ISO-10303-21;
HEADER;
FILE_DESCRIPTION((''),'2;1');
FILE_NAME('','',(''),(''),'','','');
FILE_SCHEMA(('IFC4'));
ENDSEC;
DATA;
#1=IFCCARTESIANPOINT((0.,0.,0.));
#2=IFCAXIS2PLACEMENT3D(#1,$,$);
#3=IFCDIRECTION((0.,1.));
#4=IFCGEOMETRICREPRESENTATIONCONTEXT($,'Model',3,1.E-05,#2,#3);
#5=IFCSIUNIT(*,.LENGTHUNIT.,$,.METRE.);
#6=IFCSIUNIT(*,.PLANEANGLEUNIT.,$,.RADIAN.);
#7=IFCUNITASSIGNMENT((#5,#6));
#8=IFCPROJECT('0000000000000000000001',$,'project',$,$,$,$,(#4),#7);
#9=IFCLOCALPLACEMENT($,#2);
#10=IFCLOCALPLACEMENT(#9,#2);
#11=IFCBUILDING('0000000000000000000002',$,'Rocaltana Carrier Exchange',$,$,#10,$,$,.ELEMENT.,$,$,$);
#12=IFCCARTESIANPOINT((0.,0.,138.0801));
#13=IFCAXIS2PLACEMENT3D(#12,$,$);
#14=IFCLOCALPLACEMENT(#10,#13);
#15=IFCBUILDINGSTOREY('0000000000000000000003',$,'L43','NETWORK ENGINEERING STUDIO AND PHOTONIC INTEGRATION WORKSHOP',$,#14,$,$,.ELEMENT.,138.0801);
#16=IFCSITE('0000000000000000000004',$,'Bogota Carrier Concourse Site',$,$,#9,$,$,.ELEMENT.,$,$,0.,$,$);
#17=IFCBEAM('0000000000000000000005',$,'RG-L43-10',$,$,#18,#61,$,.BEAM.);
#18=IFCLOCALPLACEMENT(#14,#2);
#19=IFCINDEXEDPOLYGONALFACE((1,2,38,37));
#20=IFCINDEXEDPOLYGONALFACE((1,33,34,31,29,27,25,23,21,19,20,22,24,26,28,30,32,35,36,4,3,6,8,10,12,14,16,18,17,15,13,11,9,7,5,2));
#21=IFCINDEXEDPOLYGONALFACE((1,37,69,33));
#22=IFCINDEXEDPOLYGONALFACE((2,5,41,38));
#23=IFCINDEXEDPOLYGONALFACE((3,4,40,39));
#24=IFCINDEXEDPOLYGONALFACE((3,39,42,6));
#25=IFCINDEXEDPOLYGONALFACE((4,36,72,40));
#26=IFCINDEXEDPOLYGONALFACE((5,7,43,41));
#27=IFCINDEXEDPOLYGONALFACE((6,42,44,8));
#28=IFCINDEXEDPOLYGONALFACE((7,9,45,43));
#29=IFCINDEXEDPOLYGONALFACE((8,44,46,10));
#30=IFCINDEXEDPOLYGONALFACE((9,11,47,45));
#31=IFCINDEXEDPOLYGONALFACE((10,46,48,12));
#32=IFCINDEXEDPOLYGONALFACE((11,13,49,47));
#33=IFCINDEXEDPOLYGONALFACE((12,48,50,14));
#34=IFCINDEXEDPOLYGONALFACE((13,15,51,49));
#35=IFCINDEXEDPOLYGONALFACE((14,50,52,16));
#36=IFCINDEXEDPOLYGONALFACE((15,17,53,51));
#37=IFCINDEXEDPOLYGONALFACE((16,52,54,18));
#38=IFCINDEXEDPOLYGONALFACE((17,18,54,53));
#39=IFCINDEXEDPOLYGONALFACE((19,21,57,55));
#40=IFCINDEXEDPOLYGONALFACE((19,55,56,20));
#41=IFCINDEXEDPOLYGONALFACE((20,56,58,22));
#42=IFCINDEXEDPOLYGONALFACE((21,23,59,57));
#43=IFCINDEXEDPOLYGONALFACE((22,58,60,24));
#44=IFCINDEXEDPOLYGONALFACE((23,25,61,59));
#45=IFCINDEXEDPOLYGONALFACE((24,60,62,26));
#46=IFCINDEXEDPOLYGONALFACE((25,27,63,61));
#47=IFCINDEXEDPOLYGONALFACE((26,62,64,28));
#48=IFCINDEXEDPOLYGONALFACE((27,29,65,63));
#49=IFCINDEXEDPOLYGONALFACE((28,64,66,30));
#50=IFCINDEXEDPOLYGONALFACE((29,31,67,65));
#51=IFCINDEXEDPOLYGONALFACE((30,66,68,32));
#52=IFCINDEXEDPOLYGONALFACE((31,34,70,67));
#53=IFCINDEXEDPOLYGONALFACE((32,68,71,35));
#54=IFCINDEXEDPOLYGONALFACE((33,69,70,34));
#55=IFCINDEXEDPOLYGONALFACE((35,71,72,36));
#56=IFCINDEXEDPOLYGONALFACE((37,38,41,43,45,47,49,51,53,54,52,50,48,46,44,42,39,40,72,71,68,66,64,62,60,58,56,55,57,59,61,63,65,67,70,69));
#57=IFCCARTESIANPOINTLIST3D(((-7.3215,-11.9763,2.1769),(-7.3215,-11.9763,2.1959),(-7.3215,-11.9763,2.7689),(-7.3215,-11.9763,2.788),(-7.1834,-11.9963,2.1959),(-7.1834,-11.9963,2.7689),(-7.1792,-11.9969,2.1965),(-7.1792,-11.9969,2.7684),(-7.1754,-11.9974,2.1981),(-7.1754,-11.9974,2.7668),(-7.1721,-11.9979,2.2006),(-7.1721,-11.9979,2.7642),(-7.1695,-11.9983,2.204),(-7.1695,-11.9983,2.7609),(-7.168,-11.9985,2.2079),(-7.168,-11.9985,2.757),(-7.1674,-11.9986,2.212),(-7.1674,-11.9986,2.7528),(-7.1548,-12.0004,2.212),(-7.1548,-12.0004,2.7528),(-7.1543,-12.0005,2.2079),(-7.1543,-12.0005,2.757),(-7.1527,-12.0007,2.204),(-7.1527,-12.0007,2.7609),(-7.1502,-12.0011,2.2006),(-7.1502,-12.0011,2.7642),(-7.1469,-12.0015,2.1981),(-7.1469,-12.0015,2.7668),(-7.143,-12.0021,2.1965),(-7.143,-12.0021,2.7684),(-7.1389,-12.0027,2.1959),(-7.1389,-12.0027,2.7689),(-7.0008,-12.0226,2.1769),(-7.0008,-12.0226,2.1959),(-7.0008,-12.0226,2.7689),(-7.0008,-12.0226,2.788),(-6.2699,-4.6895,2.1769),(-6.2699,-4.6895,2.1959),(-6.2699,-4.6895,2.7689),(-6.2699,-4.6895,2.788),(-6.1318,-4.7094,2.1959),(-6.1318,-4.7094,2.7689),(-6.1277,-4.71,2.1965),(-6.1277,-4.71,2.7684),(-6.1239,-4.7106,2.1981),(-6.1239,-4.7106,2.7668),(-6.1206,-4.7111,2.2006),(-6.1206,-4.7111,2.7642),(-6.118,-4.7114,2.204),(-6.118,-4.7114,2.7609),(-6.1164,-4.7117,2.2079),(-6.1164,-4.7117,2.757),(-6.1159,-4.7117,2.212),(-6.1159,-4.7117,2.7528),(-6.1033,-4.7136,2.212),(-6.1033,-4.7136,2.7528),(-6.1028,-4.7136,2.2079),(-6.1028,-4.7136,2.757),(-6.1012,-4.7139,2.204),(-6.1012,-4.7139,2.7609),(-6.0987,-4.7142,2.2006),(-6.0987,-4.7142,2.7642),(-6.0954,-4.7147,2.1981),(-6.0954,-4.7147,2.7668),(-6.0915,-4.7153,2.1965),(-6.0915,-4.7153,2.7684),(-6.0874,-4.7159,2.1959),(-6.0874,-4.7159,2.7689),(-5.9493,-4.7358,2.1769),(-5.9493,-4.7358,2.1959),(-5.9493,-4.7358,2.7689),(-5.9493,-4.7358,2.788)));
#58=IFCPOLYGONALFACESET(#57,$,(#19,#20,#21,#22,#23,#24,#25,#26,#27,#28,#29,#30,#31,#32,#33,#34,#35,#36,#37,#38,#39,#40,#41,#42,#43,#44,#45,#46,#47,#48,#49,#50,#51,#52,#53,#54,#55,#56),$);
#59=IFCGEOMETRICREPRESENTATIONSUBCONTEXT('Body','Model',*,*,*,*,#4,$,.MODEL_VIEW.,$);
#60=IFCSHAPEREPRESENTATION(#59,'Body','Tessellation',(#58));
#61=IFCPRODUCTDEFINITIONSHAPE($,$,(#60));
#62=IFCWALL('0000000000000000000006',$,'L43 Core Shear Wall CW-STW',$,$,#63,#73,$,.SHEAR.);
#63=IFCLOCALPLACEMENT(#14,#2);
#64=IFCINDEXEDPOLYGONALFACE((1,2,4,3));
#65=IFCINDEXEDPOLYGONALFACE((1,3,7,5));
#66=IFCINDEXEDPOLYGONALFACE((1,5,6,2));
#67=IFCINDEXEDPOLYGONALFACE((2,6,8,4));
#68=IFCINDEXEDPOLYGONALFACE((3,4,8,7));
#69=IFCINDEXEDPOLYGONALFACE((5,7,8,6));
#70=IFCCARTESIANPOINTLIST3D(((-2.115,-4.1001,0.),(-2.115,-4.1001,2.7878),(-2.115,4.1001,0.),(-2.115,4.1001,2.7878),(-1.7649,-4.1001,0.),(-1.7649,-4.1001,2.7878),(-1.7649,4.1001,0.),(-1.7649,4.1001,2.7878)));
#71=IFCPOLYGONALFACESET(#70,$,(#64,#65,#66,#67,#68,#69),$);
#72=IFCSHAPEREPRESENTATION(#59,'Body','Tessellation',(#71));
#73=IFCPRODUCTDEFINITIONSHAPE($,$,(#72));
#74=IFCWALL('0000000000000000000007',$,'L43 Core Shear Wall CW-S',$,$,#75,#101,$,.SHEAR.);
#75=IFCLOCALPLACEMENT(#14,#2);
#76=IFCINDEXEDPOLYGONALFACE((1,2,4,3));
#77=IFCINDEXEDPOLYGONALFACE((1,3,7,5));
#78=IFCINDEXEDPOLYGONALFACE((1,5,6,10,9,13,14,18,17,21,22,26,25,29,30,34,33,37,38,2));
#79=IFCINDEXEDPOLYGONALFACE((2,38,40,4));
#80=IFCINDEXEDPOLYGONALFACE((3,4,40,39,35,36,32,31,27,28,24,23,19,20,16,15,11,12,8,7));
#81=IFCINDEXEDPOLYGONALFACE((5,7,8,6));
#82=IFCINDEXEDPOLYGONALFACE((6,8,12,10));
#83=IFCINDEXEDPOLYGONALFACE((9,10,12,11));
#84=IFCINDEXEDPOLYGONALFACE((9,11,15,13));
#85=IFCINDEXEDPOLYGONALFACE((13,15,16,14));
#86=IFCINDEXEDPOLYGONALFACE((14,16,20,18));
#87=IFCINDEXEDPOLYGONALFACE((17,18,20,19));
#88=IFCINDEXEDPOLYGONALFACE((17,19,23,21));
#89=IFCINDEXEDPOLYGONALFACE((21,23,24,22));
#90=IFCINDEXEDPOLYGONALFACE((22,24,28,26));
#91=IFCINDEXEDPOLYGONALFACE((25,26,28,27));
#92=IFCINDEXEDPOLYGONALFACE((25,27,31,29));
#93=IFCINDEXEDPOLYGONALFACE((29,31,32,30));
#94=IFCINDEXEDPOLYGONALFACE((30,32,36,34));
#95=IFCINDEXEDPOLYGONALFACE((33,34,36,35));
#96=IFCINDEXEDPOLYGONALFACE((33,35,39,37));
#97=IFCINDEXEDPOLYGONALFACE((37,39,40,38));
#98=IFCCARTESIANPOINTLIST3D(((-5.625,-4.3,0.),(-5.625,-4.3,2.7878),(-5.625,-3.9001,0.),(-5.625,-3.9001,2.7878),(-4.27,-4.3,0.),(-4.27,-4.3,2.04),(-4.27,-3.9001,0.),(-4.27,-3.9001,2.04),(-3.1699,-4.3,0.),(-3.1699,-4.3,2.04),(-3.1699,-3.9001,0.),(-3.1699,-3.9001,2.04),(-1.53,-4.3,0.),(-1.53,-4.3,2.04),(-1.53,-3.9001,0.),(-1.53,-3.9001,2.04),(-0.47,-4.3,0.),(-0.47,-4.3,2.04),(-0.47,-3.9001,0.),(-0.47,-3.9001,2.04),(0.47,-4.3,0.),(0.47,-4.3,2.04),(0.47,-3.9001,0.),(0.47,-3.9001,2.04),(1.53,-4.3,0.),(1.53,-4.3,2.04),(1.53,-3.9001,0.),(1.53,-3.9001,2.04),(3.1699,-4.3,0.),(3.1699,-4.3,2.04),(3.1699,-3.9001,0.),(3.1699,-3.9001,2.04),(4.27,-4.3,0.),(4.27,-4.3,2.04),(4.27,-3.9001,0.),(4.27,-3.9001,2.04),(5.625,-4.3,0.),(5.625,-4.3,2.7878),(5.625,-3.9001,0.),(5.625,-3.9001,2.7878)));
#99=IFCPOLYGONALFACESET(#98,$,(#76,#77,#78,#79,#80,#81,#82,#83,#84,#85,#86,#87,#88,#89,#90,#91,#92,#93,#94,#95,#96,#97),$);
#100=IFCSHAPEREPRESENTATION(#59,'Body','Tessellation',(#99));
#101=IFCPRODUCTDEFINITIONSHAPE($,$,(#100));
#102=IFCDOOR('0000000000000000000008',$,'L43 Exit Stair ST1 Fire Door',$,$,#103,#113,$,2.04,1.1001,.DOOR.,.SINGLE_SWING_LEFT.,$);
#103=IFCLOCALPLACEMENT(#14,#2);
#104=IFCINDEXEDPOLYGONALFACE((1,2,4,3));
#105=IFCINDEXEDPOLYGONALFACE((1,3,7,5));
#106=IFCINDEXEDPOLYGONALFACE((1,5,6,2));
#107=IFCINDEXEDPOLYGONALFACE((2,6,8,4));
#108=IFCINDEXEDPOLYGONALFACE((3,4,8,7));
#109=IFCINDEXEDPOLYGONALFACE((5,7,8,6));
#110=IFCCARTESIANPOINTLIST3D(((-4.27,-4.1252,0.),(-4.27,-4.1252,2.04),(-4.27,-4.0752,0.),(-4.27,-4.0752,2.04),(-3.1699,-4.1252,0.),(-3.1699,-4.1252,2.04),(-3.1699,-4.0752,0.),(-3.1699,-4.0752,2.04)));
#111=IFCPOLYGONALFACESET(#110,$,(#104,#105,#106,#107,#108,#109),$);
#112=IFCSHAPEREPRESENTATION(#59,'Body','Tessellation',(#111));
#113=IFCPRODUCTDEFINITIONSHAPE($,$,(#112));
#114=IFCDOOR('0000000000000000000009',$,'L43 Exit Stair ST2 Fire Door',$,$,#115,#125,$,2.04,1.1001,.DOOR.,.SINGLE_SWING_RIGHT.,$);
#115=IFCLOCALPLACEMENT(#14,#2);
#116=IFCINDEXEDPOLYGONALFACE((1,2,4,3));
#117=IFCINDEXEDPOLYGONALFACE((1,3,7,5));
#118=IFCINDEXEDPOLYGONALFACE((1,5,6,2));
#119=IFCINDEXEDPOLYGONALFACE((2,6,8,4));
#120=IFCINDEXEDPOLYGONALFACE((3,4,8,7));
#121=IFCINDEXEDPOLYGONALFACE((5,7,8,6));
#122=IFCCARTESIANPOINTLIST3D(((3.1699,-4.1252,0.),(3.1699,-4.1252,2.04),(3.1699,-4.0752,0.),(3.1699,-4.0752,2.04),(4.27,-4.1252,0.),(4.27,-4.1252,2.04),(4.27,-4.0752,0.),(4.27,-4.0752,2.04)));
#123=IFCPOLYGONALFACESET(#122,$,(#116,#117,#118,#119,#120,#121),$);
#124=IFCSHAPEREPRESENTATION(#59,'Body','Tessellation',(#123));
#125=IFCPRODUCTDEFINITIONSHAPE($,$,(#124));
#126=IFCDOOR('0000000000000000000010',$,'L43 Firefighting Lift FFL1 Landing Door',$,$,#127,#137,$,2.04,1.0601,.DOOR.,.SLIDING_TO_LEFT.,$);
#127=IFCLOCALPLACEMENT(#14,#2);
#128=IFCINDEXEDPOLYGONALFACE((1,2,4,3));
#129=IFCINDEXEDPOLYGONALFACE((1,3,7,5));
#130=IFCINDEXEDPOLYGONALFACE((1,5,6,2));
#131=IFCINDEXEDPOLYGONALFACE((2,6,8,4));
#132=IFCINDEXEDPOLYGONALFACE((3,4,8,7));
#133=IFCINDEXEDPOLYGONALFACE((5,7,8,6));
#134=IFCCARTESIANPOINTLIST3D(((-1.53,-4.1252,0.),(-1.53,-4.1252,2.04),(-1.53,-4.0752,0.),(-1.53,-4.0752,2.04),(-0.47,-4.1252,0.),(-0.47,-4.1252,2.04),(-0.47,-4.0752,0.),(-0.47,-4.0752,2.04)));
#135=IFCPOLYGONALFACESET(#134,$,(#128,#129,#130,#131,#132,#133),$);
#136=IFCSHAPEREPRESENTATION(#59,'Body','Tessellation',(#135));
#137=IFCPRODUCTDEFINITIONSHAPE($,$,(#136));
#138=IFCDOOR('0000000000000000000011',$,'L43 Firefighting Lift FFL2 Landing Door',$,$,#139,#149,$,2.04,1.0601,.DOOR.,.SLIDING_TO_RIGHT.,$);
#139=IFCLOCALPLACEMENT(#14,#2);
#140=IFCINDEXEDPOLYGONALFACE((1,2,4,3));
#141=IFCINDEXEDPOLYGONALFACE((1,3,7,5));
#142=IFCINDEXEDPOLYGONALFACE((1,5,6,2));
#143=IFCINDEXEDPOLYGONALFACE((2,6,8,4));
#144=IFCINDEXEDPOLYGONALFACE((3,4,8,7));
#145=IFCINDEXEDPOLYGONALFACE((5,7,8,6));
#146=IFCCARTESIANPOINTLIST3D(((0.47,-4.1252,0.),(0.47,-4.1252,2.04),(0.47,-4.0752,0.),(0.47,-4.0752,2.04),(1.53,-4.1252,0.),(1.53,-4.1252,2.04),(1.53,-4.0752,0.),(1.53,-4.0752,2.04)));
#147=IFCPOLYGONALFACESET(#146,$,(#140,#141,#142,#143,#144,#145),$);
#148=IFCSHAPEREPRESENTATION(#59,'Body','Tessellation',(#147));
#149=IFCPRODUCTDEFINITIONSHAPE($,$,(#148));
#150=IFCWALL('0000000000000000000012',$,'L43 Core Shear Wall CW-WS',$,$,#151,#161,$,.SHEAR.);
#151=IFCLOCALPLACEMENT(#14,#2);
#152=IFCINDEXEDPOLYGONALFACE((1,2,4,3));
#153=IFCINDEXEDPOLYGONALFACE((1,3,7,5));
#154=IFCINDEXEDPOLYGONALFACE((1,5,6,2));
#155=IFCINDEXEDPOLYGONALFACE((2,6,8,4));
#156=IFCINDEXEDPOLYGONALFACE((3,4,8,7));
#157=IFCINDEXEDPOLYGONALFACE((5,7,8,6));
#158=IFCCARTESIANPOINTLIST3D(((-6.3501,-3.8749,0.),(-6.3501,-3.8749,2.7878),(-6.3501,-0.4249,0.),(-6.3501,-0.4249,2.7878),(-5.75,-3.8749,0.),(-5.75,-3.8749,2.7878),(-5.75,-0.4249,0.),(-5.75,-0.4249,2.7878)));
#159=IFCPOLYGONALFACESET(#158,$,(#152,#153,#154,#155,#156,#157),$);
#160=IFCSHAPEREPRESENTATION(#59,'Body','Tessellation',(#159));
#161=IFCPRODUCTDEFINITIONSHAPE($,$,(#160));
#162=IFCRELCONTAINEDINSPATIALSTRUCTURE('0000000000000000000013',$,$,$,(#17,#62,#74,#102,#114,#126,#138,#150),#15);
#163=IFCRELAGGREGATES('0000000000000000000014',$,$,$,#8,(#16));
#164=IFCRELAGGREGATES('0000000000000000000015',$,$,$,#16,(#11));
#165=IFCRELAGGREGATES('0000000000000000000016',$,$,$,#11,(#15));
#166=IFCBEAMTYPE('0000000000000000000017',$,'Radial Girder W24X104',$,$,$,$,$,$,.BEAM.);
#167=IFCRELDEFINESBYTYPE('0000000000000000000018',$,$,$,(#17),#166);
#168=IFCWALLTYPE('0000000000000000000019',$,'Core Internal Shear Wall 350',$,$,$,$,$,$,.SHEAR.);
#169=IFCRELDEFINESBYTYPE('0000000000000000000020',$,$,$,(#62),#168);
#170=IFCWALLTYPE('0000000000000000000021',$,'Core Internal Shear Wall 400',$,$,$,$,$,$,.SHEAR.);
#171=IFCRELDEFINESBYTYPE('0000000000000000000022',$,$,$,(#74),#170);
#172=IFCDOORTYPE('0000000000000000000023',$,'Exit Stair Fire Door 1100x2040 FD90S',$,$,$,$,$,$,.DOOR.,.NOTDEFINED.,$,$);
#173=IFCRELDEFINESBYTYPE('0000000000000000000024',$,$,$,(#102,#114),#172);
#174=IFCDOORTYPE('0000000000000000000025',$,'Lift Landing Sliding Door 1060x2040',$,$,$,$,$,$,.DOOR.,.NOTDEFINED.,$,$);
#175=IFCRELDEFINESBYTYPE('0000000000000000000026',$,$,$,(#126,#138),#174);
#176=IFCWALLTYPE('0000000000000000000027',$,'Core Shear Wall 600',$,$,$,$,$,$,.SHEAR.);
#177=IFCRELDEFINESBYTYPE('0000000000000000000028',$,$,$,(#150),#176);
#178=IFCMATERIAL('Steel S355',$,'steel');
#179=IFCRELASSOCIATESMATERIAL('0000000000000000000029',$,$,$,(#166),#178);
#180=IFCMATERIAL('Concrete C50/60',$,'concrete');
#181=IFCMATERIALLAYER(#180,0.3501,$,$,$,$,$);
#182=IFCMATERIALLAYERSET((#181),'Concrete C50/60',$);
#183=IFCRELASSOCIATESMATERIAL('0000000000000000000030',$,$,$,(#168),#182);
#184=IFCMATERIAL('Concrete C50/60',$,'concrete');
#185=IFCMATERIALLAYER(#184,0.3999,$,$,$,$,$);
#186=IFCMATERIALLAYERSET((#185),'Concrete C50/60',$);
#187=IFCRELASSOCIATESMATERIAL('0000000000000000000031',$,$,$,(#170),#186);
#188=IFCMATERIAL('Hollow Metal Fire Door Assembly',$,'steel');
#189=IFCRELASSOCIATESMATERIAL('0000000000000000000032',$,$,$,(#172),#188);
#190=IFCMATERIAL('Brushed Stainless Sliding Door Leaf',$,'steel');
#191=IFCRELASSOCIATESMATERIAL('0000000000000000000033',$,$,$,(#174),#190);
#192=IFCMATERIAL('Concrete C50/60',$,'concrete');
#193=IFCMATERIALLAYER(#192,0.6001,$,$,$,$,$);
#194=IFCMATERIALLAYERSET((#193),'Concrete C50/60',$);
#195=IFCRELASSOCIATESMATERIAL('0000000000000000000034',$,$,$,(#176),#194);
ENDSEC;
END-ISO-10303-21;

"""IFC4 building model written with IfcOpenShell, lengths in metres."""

from ifc_helpers import new_model, si_unit, direction, frame, frame_2d, origin, origin_2d, place, context, subcontext, project, spatial, rectangle, i_section, extrude, material, layer, layer_set, material_profile, profile_set, type_object, element, fill, save


model = new_model("IFC4")

# Units and contexts
model_context = context("Model", 3, precision=1e-05, world=origin(), true_north=direction((0.0, 1.0)))
body_context = subcontext(model_context, "Body", "Model", "MODEL_VIEW")
ifc_project = project(units=[si_unit("LENGTHUNIT", "METRE"), si_unit("PLANEANGLEUNIT", "RADIAN")], contexts=[model_context])

# Site, building, storey
site_placement = place(None, origin())
site = spatial("IfcSite", under=ifc_project, at=site_placement, Name="Bogota Carrier Concourse Site", CompositionType="ELEMENT", RefElevation=0.0)
building_placement = place(site_placement, origin())
building = spatial("IfcBuilding", under=site, at=building_placement, Name="Rocaltana Carrier Exchange", CompositionType="ELEMENT")
storey_placement = place(building_placement, frame((0.0, 0.0, 138.0801)))
storey = spatial("IfcBuildingStorey", under=building, at=storey_placement, Name="L43", Description="NETWORK ENGINEERING STUDIO AND PHOTONIC INTEGRATION WORKSHOP", CompositionType="ELEMENT", Elevation=138.0801)

# Beam
ifc_material_1 = material(Name="Steel S355", Category="steel")
ifc_material_profile_1 = material_profile(ifc_material_1, i_section(OverallWidth=0.324, OverallDepth=0.6111, WebThickness=0.0127, FlangeThickness=0.019, FilletRadius=0.0161, at=origin_2d()), Name="W24X104")
ifc_profile_set_1 = profile_set([ifc_material_profile_1], Name="Steel S355")
beam_type = type_object("IfcBeamType", Name="Radial Girder W24X104", PredefinedType="BEAM", material=ifc_profile_set_1)
beam_1_placement = place(storey_placement, frame((-6.1096, -4.7126, 2.4824), z_axis=(-0.142823, -0.989748, 0.0), x_axis=(0.989748, -0.142823, 0.0)))
element("IfcBeam", 1, at=beam_1_placement, inside=storey, type_object=beam_type, Name="RG-L43-10", PredefinedType="BEAM", context=body_context, shape_type="SweptSolid", body=[
    extrude(i_section(OverallWidth=0.324, OverallDepth=0.6111, WebThickness=0.0127, FlangeThickness=0.019, FilletRadius=0.0161, at=origin_2d()), origin(), (0.0, 0.0, 1.0), 7.3623),
])

# Wall
ifc_material_2 = material(Name="Concrete C50/60", Category="concrete")
ifc_layer_1 = layer(ifc_material_2, 0.3501)
ifc_layer_set_1 = layer_set([ifc_layer_1], Name="Concrete C50/60")
wall_type_1 = type_object("IfcWallType", Name="Core Internal Shear Wall 350", PredefinedType="SHEAR", material=ifc_layer_set_1)
wall_1_placement = place(storey_placement, frame((-1.9399, -4.1001, 0.0), z_axis=(0.0, 0.0, 1.0), x_axis=(0.0, 1.0, 0.0)))
element("IfcWall", 2, at=wall_1_placement, inside=storey, type_object=wall_type_1, Name="L43 Core Shear Wall CW-STW", PredefinedType="SHEAR", context=body_context, shape_type="SweptSolid", body=[
    extrude(rectangle(XDim=8.2002, YDim=0.3501, at=frame_2d((4.1001, 0.0))), origin(), (0.0, 0.0, 1.0), 2.7878),
])

# Wall, openings, doors
ifc_material_3 = material(Name="Concrete C50/60", Category="concrete")
ifc_layer_2 = layer(ifc_material_3, 0.3999)
ifc_layer_set_2 = layer_set([ifc_layer_2], Name="Concrete C50/60")
wall_type_2 = type_object("IfcWallType", Name="Core Internal Shear Wall 400", PredefinedType="SHEAR", material=ifc_layer_set_2)
wall_2_placement = place(storey_placement, frame((-5.625, -4.1001, 0.0), z_axis=(0.0, 0.0, 1.0), x_axis=(1.0, 0.0, 0.0)))
wall_2 = element("IfcWall", 3, at=wall_2_placement, inside=storey, type_object=wall_type_2, Name="L43 Core Shear Wall CW-S", PredefinedType="SHEAR", context=body_context, shape_type="SweptSolid", body=[
    extrude(rectangle(XDim=11.25, YDim=0.3999, at=frame_2d((5.625, 0.0))), origin(), (0.0, 0.0, 1.0), 2.7878),
])
opening_1_placement = place(wall_2_placement, frame((1.355, 0.0, 0.0)))
opening_1 = element("IfcOpeningElement", 4, at=opening_1_placement, cuts=wall_2, PredefinedType="OPENING", context=body_context, shape_type="SweptSolid", body=[
    extrude(rectangle(XDim=1.1001, YDim=2.04, at=frame_2d((0.55, 1.02))), frame((0.0, 0.21, 0.0), z_axis=(0.0, -1.0, 0.0), x_axis=(1.0, 0.0, 0.0)), (0.0, 0.0, 1.0), 0.4199),
])
opening_2_placement = place(wall_2_placement, frame((8.7949, 0.0, 0.0)))
opening_2 = element("IfcOpeningElement", 5, at=opening_2_placement, cuts=wall_2, PredefinedType="OPENING", context=body_context, shape_type="SweptSolid", body=[
    extrude(rectangle(XDim=1.1001, YDim=2.04, at=frame_2d((0.55, 1.02))), frame((0.0, 0.21, 0.0), z_axis=(0.0, -1.0, 0.0), x_axis=(1.0, 0.0, 0.0)), (0.0, 0.0, 1.0), 0.4199),
])
opening_3_placement = place(wall_2_placement, frame((4.095, 0.0, 0.0)))
opening_3 = element("IfcOpeningElement", 6, at=opening_3_placement, cuts=wall_2, PredefinedType="OPENING", context=body_context, shape_type="SweptSolid", body=[
    extrude(rectangle(XDim=1.0601, YDim=2.04, at=frame_2d((0.53, 1.02))), frame((0.0, 0.21, 0.0), z_axis=(0.0, -1.0, 0.0), x_axis=(1.0, 0.0, 0.0)), (0.0, 0.0, 1.0), 0.4199),
])
opening_4_placement = place(wall_2_placement, frame((6.095, 0.0, 0.0)))
opening_4 = element("IfcOpeningElement", 7, at=opening_4_placement, cuts=wall_2, PredefinedType="OPENING", context=body_context, shape_type="SweptSolid", body=[
    extrude(rectangle(XDim=1.0601, YDim=2.04, at=frame_2d((0.53, 1.02))), frame((0.0, 0.21, 0.0), z_axis=(0.0, -1.0, 0.0), x_axis=(1.0, 0.0, 0.0)), (0.0, 0.0, 1.0), 0.4199),
])
ifc_material_4 = material(Name="Hollow Metal Fire Door Assembly", Category="steel")
door_type_1 = type_object("IfcDoorType", Name="Exit Stair Fire Door 1100x2040 FD90S", OperationType="NOTDEFINED", PredefinedType="DOOR", material=ifc_material_4)
door_1_placement = place(opening_1_placement, origin())
door_1 = element("IfcDoor", 8, at=door_1_placement, inside=storey, type_object=door_type_1, Name="L43 Exit Stair ST1 Fire Door", OperationType="SINGLE_SWING_LEFT", OverallHeight=2.04, OverallWidth=1.1001, PredefinedType="DOOR", context=body_context, shape_type="SweptSolid", body=[
    extrude(rectangle(XDim=1.1001, YDim=2.04, at=frame_2d((0.55, 1.02))), frame((0.0, 0.0249, 0.0), z_axis=(0.0, -1.0, 0.0), x_axis=(1.0, 0.0, 0.0)), (0.0, 0.0, 1.0), 0.05),
])
fill(opening_1, door_1)
door_2_placement = place(opening_2_placement, origin())
door_2 = element("IfcDoor", 9, at=door_2_placement, inside=storey, type_object=door_type_1, Name="L43 Exit Stair ST2 Fire Door", OperationType="SINGLE_SWING_RIGHT", OverallHeight=2.04, OverallWidth=1.1001, PredefinedType="DOOR", context=body_context, shape_type="SweptSolid", body=[
    extrude(rectangle(XDim=1.1001, YDim=2.04, at=frame_2d((0.55, 1.02))), frame((0.0, 0.0249, 0.0), z_axis=(0.0, -1.0, 0.0), x_axis=(1.0, 0.0, 0.0)), (0.0, 0.0, 1.0), 0.05),
])
fill(opening_2, door_2)
ifc_material_5 = material(Name="Brushed Stainless Sliding Door Leaf", Category="steel")
door_type_2 = type_object("IfcDoorType", Name="Lift Landing Sliding Door 1060x2040", OperationType="NOTDEFINED", PredefinedType="DOOR", material=ifc_material_5)
door_3_placement = place(opening_3_placement, origin())
door_3 = element("IfcDoor", 10, at=door_3_placement, inside=storey, type_object=door_type_2, Name="L43 Firefighting Lift FFL1 Landing Door", OperationType="SLIDING_TO_LEFT", OverallHeight=2.04, OverallWidth=1.0601, PredefinedType="DOOR", context=body_context, shape_type="SweptSolid", body=[
    extrude(rectangle(XDim=1.0601, YDim=2.04, at=frame_2d((0.53, 1.02))), frame((0.0, 0.0249, 0.0), z_axis=(0.0, -1.0, 0.0), x_axis=(1.0, 0.0, 0.0)), (0.0, 0.0, 1.0), 0.05),
])
fill(opening_3, door_3)
door_4_placement = place(opening_4_placement, origin())
door_4 = element("IfcDoor", 11, at=door_4_placement, inside=storey, type_object=door_type_2, Name="L43 Firefighting Lift FFL2 Landing Door", OperationType="SLIDING_TO_RIGHT", OverallHeight=2.04, OverallWidth=1.0601, PredefinedType="DOOR", context=body_context, shape_type="SweptSolid", body=[
    extrude(rectangle(XDim=1.0601, YDim=2.04, at=frame_2d((0.53, 1.02))), frame((0.0, 0.0249, 0.0), z_axis=(0.0, -1.0, 0.0), x_axis=(1.0, 0.0, 0.0)), (0.0, 0.0, 1.0), 0.05),
])
fill(opening_4, door_4)

# Wall
ifc_material_6 = material(Name="Concrete C50/60", Category="concrete")
ifc_layer_3 = layer(ifc_material_6, 0.6001)
ifc_layer_set_3 = layer_set([ifc_layer_3], Name="Concrete C50/60")
wall_type_3 = type_object("IfcWallType", Name="Core Shear Wall 600", PredefinedType="SHEAR", material=ifc_layer_set_3)
wall_3_placement = place(storey_placement, frame((-6.05, -3.875, 0.0), z_axis=(0.0, 0.0, 1.0), x_axis=(0.0, 1.0, 0.0)))
element("IfcWall", 12, at=wall_3_placement, inside=storey, type_object=wall_type_3, Name="L43 Core Shear Wall CW-WS", PredefinedType="SHEAR", context=body_context, shape_type="SweptSolid", body=[
    extrude(rectangle(XDim=3.45, YDim=0.6001, at=frame_2d((1.7251, 0.0))), origin(), (0.0, 0.0, 1.0), 2.7878),
])

save(model, "model.ifc")
